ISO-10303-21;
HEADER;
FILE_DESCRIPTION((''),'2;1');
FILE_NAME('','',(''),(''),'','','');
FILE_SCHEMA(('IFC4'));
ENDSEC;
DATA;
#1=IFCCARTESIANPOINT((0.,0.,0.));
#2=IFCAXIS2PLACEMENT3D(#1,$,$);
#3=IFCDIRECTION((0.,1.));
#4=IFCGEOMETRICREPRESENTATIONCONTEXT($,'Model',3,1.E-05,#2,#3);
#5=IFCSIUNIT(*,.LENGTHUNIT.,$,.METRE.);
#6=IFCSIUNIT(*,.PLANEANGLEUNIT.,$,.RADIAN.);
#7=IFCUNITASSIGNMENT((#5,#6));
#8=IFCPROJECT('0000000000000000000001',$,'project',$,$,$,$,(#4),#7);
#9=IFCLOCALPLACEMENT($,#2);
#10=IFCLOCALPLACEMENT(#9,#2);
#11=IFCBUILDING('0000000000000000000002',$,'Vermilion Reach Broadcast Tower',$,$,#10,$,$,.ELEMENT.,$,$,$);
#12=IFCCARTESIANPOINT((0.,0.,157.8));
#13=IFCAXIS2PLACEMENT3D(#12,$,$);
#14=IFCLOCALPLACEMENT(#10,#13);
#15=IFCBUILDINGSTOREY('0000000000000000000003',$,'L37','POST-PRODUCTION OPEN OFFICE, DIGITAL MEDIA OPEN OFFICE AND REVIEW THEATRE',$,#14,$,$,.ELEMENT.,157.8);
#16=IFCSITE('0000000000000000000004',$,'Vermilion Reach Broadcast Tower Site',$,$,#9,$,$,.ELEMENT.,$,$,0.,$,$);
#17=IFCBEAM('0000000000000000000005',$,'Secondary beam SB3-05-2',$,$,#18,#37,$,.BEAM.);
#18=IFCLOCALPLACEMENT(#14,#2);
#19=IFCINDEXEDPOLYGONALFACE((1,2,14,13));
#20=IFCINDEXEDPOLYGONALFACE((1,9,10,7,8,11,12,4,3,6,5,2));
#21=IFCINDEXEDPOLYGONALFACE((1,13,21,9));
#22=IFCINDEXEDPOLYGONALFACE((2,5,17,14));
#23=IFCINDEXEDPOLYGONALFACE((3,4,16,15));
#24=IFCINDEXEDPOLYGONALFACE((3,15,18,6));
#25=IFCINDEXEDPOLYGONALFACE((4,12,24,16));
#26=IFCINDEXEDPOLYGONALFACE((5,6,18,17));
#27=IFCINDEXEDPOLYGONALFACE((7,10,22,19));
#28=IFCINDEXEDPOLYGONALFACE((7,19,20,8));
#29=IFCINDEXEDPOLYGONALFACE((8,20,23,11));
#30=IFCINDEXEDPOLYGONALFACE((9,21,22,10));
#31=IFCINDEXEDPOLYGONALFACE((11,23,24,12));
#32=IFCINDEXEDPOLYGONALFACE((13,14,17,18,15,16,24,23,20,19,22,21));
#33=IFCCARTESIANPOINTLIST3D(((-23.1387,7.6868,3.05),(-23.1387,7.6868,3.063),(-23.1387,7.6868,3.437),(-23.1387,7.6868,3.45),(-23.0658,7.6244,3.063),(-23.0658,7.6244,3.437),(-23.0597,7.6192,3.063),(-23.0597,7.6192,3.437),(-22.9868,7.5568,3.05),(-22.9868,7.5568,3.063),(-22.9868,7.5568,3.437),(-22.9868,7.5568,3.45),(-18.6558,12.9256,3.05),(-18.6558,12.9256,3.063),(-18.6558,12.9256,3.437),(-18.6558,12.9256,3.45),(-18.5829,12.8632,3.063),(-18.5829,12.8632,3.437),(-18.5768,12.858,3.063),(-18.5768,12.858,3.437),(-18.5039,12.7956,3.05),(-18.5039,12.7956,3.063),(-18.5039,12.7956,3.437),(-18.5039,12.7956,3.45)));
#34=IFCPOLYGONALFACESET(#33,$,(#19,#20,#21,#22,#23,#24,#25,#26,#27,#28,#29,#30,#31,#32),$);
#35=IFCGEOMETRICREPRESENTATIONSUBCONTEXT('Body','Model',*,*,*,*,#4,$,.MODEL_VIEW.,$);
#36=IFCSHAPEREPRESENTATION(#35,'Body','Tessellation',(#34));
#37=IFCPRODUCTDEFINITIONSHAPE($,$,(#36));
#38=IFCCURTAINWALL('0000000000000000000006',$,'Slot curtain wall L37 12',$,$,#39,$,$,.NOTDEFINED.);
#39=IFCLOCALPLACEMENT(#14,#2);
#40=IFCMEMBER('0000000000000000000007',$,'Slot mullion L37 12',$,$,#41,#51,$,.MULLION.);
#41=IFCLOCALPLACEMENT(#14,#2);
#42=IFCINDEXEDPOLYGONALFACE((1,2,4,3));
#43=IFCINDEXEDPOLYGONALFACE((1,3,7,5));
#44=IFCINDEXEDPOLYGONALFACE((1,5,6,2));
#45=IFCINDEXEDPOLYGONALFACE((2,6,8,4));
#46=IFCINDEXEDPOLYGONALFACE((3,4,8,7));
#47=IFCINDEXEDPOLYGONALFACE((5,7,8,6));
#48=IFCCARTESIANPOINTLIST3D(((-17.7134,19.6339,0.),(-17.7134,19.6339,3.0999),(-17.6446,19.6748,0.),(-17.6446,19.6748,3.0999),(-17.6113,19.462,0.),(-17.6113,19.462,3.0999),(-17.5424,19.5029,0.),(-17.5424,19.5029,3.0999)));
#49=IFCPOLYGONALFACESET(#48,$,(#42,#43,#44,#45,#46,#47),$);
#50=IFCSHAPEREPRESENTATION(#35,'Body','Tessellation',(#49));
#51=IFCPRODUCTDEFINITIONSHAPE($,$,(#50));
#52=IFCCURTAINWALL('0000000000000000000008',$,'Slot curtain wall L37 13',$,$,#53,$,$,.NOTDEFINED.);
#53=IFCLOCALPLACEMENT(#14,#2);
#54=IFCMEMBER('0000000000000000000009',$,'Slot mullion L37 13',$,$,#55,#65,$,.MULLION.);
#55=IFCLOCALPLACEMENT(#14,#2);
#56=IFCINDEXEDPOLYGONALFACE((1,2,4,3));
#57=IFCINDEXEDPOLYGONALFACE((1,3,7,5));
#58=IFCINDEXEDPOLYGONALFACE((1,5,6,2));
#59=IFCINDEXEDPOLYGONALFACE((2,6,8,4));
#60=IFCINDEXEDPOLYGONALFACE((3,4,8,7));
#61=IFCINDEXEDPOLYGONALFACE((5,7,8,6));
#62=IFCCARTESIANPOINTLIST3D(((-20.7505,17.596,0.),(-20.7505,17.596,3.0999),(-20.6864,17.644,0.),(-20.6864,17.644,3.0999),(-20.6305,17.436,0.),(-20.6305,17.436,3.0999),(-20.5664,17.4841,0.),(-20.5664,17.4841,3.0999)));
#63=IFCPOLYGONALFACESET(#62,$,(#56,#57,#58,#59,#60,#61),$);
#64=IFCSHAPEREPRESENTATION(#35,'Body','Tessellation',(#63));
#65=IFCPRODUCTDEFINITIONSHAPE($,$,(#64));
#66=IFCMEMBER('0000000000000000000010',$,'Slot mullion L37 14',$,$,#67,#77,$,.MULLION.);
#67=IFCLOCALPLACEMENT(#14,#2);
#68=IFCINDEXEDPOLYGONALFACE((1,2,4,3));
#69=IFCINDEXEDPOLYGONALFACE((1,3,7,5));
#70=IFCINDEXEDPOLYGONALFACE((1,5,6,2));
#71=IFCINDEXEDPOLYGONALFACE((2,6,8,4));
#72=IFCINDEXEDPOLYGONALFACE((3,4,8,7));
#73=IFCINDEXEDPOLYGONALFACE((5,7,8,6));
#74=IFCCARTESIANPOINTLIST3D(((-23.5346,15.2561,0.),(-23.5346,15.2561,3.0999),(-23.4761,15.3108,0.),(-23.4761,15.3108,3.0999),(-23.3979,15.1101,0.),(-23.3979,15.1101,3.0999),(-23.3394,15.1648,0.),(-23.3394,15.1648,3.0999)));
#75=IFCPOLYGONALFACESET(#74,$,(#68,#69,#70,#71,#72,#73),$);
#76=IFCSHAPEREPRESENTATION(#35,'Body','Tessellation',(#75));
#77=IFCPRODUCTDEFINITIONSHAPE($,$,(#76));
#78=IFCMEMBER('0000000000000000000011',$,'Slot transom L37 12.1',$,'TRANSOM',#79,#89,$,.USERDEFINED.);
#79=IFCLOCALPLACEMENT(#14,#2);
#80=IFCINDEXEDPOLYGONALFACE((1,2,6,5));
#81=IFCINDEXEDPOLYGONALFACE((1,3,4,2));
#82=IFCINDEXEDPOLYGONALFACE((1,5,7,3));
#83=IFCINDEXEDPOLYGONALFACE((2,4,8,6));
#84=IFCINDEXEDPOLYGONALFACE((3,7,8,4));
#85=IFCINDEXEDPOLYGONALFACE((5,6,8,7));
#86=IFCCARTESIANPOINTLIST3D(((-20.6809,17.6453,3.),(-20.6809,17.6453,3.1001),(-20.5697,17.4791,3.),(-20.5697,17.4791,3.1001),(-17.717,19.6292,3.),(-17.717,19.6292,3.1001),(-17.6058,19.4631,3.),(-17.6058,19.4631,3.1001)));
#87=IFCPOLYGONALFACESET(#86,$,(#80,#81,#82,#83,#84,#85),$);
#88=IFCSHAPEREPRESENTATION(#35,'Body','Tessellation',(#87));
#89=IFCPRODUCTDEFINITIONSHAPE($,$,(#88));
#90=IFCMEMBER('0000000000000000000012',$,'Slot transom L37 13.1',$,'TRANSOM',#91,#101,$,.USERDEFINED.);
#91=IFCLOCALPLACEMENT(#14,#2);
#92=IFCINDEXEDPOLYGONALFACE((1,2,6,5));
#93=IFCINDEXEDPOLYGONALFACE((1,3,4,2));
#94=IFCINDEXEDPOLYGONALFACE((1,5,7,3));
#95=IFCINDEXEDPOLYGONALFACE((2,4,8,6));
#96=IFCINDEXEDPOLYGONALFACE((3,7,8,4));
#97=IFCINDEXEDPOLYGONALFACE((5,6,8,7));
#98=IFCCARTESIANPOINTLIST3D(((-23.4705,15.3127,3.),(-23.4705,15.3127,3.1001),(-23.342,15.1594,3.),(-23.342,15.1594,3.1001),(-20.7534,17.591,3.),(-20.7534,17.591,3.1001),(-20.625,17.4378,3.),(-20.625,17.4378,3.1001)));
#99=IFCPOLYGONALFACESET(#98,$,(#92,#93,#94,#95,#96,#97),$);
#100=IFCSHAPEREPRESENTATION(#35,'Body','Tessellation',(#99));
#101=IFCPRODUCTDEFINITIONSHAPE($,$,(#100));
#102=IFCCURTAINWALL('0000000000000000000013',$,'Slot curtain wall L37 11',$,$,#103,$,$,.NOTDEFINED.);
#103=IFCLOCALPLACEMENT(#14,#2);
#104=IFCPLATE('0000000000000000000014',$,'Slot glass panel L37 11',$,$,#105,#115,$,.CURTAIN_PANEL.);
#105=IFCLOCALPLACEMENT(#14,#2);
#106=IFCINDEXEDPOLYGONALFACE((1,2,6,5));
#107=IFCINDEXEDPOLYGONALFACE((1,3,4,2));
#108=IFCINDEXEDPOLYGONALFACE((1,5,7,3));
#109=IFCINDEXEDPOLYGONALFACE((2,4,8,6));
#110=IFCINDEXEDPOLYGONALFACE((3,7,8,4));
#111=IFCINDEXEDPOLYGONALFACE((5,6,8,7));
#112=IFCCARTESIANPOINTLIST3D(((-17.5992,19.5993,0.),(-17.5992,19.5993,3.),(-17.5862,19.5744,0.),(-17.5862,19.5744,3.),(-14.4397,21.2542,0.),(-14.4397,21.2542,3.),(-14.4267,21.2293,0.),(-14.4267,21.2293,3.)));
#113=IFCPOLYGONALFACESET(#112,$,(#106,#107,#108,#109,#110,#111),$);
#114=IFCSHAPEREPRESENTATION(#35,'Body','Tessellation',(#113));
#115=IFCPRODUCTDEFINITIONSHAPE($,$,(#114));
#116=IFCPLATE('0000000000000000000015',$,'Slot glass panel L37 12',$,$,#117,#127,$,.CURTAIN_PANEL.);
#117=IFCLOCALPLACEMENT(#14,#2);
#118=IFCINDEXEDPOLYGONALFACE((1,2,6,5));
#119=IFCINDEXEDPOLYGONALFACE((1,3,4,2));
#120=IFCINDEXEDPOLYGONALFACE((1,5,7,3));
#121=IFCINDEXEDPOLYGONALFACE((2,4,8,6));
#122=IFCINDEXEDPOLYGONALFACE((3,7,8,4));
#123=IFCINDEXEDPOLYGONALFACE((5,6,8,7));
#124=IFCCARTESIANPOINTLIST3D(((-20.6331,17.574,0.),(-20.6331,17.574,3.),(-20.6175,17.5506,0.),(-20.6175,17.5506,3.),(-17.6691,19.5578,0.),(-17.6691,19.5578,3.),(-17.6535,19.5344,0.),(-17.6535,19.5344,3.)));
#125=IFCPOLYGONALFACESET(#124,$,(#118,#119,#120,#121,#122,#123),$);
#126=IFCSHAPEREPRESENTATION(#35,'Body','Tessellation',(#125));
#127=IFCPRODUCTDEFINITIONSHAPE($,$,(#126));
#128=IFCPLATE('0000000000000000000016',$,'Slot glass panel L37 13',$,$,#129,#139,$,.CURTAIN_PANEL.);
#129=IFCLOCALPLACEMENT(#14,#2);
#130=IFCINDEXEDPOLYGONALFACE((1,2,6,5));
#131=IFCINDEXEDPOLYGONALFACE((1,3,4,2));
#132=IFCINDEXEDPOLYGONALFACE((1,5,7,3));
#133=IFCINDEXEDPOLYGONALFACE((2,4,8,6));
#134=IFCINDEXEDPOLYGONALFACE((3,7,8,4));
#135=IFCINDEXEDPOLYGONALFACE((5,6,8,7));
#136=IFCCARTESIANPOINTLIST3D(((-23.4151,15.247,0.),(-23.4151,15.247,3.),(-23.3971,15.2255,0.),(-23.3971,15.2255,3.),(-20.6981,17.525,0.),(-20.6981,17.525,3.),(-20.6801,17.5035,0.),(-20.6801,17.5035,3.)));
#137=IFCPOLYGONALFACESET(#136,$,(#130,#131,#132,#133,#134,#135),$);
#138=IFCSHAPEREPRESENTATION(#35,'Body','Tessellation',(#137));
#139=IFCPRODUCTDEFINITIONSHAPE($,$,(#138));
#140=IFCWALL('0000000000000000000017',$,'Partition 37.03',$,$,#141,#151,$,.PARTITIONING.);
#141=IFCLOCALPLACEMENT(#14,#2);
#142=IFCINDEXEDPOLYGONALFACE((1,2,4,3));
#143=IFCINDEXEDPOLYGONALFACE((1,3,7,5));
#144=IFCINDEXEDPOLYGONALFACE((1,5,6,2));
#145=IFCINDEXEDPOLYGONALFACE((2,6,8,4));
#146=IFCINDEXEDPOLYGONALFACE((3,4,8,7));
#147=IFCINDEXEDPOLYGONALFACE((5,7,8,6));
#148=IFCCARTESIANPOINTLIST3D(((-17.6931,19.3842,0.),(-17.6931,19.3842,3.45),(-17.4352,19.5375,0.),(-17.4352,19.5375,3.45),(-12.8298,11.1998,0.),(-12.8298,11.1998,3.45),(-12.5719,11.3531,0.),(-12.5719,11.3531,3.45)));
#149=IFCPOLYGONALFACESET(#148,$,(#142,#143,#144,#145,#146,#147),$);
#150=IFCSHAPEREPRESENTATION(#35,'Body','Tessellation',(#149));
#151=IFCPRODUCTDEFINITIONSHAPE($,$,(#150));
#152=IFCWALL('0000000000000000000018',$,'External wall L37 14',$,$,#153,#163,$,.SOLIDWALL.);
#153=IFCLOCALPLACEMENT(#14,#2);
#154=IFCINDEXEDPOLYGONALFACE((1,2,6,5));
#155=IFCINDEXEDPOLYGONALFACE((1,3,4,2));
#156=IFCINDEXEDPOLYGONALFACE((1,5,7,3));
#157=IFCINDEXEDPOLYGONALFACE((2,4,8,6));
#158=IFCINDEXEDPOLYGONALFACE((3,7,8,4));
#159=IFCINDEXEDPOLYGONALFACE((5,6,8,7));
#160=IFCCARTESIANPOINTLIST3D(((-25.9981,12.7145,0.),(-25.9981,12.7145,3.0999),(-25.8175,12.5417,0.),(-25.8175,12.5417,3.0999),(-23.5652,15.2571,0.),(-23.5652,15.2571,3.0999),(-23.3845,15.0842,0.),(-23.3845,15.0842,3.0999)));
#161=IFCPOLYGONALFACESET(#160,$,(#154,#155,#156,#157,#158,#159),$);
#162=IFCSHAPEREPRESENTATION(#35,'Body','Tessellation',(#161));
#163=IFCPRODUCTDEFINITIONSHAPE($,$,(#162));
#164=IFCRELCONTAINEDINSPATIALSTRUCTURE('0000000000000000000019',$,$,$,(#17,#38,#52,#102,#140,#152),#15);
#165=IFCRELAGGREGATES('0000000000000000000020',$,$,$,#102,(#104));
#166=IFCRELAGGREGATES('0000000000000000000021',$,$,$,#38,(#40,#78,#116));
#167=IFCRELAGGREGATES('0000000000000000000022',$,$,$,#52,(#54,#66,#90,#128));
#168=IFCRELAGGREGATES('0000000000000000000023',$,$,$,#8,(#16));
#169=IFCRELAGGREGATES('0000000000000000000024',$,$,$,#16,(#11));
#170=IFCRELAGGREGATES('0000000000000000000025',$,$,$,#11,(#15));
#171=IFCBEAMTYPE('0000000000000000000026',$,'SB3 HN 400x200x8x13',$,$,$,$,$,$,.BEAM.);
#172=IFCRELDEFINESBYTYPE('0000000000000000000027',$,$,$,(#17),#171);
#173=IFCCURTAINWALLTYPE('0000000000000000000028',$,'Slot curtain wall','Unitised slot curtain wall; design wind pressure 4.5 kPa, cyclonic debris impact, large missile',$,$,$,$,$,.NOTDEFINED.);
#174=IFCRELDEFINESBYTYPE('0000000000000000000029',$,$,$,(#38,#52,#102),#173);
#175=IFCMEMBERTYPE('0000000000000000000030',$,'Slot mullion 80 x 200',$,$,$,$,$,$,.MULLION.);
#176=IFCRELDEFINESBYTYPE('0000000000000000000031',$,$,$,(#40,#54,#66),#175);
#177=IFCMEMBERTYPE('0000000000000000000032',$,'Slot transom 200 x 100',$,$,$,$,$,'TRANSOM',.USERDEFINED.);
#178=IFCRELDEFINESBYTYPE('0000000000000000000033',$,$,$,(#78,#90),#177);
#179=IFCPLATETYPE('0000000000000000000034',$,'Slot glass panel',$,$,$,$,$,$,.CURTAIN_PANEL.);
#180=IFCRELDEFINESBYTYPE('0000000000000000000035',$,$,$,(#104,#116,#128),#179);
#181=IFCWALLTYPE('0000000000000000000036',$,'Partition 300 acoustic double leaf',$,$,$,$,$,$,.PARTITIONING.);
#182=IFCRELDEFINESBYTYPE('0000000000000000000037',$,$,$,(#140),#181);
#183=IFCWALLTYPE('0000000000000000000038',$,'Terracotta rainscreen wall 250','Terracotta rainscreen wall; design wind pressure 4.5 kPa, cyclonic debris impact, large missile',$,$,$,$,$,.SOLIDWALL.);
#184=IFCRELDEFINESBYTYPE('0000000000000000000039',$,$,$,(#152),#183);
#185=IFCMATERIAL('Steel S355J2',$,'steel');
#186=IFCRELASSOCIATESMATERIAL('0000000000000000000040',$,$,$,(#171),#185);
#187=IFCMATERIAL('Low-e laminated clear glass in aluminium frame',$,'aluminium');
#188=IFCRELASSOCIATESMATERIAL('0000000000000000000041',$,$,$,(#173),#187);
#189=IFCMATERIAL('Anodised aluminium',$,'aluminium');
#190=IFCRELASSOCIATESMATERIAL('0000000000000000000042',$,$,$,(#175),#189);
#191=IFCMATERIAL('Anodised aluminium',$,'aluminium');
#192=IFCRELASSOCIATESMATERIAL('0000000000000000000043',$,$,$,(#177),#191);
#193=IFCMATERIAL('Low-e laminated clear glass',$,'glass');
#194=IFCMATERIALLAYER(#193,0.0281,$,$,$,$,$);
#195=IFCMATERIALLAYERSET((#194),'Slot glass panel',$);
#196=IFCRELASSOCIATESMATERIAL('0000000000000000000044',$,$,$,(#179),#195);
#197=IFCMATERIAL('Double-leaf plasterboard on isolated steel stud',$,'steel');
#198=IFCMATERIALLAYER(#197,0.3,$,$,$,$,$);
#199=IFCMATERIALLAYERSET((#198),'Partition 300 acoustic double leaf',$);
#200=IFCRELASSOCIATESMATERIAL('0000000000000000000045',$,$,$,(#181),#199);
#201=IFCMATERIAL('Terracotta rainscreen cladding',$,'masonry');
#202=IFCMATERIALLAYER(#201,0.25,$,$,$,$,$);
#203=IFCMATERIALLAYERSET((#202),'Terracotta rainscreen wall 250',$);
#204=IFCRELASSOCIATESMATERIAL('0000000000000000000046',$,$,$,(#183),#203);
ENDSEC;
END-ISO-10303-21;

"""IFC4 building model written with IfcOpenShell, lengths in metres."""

from ifc_helpers import new_model, si_unit, direction, frame, frame_2d, origin, origin_2d, place, context, subcontext, project, spatial, rectangle, i_section, extrude, material, layer, layer_set, material_profile, profile_set, type_object, element, aggregate, save


model = new_model("IFC4")

# Units and contexts
model_context = context("Model", 3, precision=1e-05, world=origin(), true_north=direction((0.0, 1.0)))
body_context = subcontext(model_context, "Body", "Model", "MODEL_VIEW")
ifc_project = project(units=[si_unit("LENGTHUNIT", "METRE"), si_unit("PLANEANGLEUNIT", "RADIAN")], contexts=[model_context])

# Site, building, storey
site_placement = place(None, origin())
site = spatial("IfcSite", under=ifc_project, at=site_placement, Name="Vermilion Reach Broadcast Tower Site", CompositionType="ELEMENT", RefElevation=0.0)
building_placement = place(site_placement, origin())
building = spatial("IfcBuilding", under=site, at=building_placement, Name="Vermilion Reach Broadcast Tower", CompositionType="ELEMENT")
storey_placement = place(building_placement, frame((0.0, 0.0, 157.8)))
storey = spatial("IfcBuildingStorey", under=building, at=storey_placement, Name="L37", Description="POST-PRODUCTION OPEN OFFICE, DIGITAL MEDIA OPEN OFFICE AND REVIEW THEATRE", CompositionType="ELEMENT", Elevation=157.8)

# Beam
ifc_material_1 = material(Name="Steel S355J2", Category="steel")
ifc_material_profile_1 = material_profile(ifc_material_1, i_section(OverallWidth=0.2, OverallDepth=0.3999, WebThickness=0.0081, FlangeThickness=0.0129, at=origin_2d()), Name="S355J2 HN 400x200x8x13")
ifc_profile_set_1 = profile_set([ifc_material_profile_1], Name="Steel S355J2")
beam_type_1 = type_object("IfcBeamType", Name="SB3 HN 400x200x8x13", PredefinedType="BEAM", material=ifc_profile_set_1)
beam_1_placement = place(storey_placement, frame((-18.5798, 12.8606, 3.25), z_axis=(-0.650167, -0.759791, 0.0), x_axis=(0.759791, -0.650167, 0.0)))
element("IfcBeam", 1, at=beam_1_placement, inside=storey, type_object=beam_type_1, Name="Secondary beam SB3-05-2", PredefinedType="BEAM", context=body_context, shape_type="SweptSolid", body=[
    extrude(i_section(OverallWidth=0.2, OverallDepth=0.3999, WebThickness=0.0081, FlangeThickness=0.0129, at=origin_2d()), origin(), (0.0, 0.0, 1.0), 6.895),
])

# Curtain wall, member
ifc_material_2 = material(Name="Low-e laminated clear glass in aluminium frame", Category="aluminium")
curtain_wall_type = type_object("IfcCurtainWallType", Name="Slot curtain wall", Description="Unitised slot curtain wall; design wind pressure 4.5 kPa, cyclonic debris impact, large missile", PredefinedType="NOTDEFINED", material=ifc_material_2)
placement = place(storey_placement, origin())
curtain_wall_1 = element("IfcCurtainWall", 2, at=placement, inside=storey, type_object=curtain_wall_type, Name="Slot curtain wall L37 12", PredefinedType="NOTDEFINED")
ifc_material_3 = material(Name="Anodised aluminium", Category="aluminium")
ifc_material_profile_2 = material_profile(ifc_material_3, rectangle(XDim=0.2, YDim=0.0801, at=origin_2d()), Name="Slot mullion 80 x 200")
ifc_profile_set_2 = profile_set([ifc_material_profile_2], Name="Anodised aluminium")
member_type_1 = type_object("IfcMemberType", Name="Slot mullion 80 x 200", PredefinedType="MULLION", material=ifc_profile_set_2)
member_1_placement = place(storey_placement, frame((-17.6279, 19.5684, 0.0), z_axis=(0.0, 0.0, 1.0), x_axis=(0.510843, -0.859674, 0.0)))
member_1 = element("IfcMember", 3, at=member_1_placement, type_object=member_type_1, Name="Slot mullion L37 12", PredefinedType="MULLION", context=body_context, shape_type="SweptSolid", body=[
    extrude(rectangle(XDim=0.2, YDim=0.0801, at=origin_2d()), origin(), (0.0, 0.0, 1.0), 3.0999),
])

# Curtain wall, members
curtain_wall_2 = element("IfcCurtainWall", 4, at=placement, inside=storey, type_object=curtain_wall_type, Name="Slot curtain wall L37 13", PredefinedType="NOTDEFINED")
member_2_placement = place(storey_placement, frame((-20.6584, 17.54, 0.0), z_axis=(0.0, 0.0, 1.0), x_axis=(0.600224, -0.799832, 0.0)))
member_2 = element("IfcMember", 5, at=member_2_placement, type_object=member_type_1, Name="Slot mullion L37 13", PredefinedType="MULLION", context=body_context, shape_type="SweptSolid", body=[
    extrude(rectangle(XDim=0.2, YDim=0.0801, at=origin_2d()), origin(), (0.0, 0.0, 1.0), 3.0999),
])
member_3_placement = place(storey_placement, frame((-23.437, 15.2104, 0.0), z_axis=(0.0, 0.0, 1.0), x_axis=(0.683541, -0.729912, 0.0)))
member_3 = element("IfcMember", 6, at=member_3_placement, type_object=member_type_1, Name="Slot mullion L37 14", PredefinedType="MULLION", context=body_context, shape_type="SweptSolid", body=[
    extrude(rectangle(XDim=0.2, YDim=0.0801, at=origin_2d()), origin(), (0.0, 0.0, 1.0), 3.0999),
])

# Members
ifc_material_4 = material(Name="Anodised aluminium", Category="aluminium")
ifc_material_profile_3 = material_profile(ifc_material_4, rectangle(XDim=0.2, YDim=0.1001, at=origin_2d()), Name="Slot transom 200 x 100")
ifc_profile_set_3 = profile_set([ifc_material_profile_3], Name="Anodised aluminium")
member_type_2 = type_object("IfcMemberType", Name="Slot transom 200 x 100", ElementType="TRANSOM", PredefinedType="USERDEFINED", material=ifc_profile_set_3)
member_4_placement = place(storey_placement, frame((-17.6614, 19.5461, 3.05), z_axis=(-0.831017, -0.556247, 0.0), x_axis=(0.556247, -0.831017, 0.0)))
member_4 = element("IfcMember", 7, at=member_4_placement, type_object=member_type_2, Name="Slot transom L37 12.1", ObjectType="TRANSOM", PredefinedType="USERDEFINED", context=body_context, shape_type="SweptSolid", body=[
    extrude(rectangle(XDim=0.2, YDim=0.1001, at=origin_2d()), origin(), (0.0, 0.0, 1.0), 3.5667),
])
member_5_placement = place(storey_placement, frame((-20.6892, 17.5144, 3.05), z_axis=(-0.766259, -0.642531, 0.0), x_axis=(0.642531, -0.766259, 0.0)))
member_5 = element("IfcMember", 8, at=member_5_placement, type_object=member_type_2, Name="Slot transom L37 13.1", ObjectType="TRANSOM", PredefinedType="USERDEFINED", context=body_context, shape_type="SweptSolid", body=[
    extrude(rectangle(XDim=0.2, YDim=0.1001, at=origin_2d()), origin(), (0.0, 0.0, 1.0), 3.5459),
])

# Curtain wall, plate
curtain_wall_3 = element("IfcCurtainWall", 9, at=placement, inside=storey, type_object=curtain_wall_type, Name="Slot curtain wall L37 11", PredefinedType="NOTDEFINED")
ifc_material_5 = material(Name="Low-e laminated clear glass", Category="glass")
ifc_layer_1 = layer(ifc_material_5, 0.0281)
ifc_layer_set_1 = layer_set([ifc_layer_1], Name="Slot glass panel")
plate_type = type_object("IfcPlateType", Name="Slot glass panel", PredefinedType="CURTAIN_PANEL", material=ifc_layer_set_1)
plate_1_placement = place(storey_placement, frame((-16.0129, 20.4143, 0.0), z_axis=(0.0, 0.0, 1.0), x_axis=(-0.885834, -0.464002, 0.0)))
plate_1 = element("IfcPlate", 10, at=plate_1_placement, type_object=plate_type, Name="Slot glass panel L37 11", PredefinedType="CURTAIN_PANEL", context=body_context, shape_type="SweptSolid", body=[
    extrude(rectangle(XDim=3.5667, YDim=0.0281, at=origin_2d()), origin(), (0.0, 0.0, 1.0), 3.0),
])
aggregate(curtain_wall_3, [plate_1])

# Plates
plate_2_placement = place(storey_placement, frame((-19.1433, 18.5542, 0.0), z_axis=(0.0, 0.0, 1.0), x_axis=(-0.83104, -0.556213, 0.0)))
plate_2 = element("IfcPlate", 11, at=plate_2_placement, type_object=plate_type, Name="Slot glass panel L37 12", PredefinedType="CURTAIN_PANEL", context=body_context, shape_type="SweptSolid", body=[
    extrude(rectangle(XDim=3.5667, YDim=0.0281, at=origin_2d()), origin(), (0.0, 0.0, 1.0), 3.0),
])
aggregate(curtain_wall_1, [member_1, member_4, plate_2])
plate_3_placement = place(storey_placement, frame((-22.0476, 16.3752, 0.0), z_axis=(0.0, 0.0, 1.0), x_axis=(-0.766296, -0.642487, 0.0)))
plate_3 = element("IfcPlate", 12, at=plate_3_placement, type_object=plate_type, Name="Slot glass panel L37 13", PredefinedType="CURTAIN_PANEL", context=body_context, shape_type="SweptSolid", body=[
    extrude(rectangle(XDim=3.5457, YDim=0.0281, at=origin_2d()), origin(), (0.0, 0.0, 1.0), 3.0),
])
aggregate(curtain_wall_2, [member_2, member_3, member_5, plate_3])

# Walls
ifc_material_6 = material(Name="Double-leaf plasterboard on isolated steel stud", Category="steel")
ifc_layer_2 = layer(ifc_material_6, 0.3)
ifc_layer_set_2 = layer_set([ifc_layer_2], Name="Partition 300 acoustic double leaf")
wall_type_1 = type_object("IfcWallType", Name="Partition 300 acoustic double leaf", PredefinedType="PARTITIONING", material=ifc_layer_set_2)
wall_1_placement = place(storey_placement, frame((-17.5642, 19.4609, 0.0), z_axis=(0.0, 0.0, 1.0), x_axis=(0.510837, -0.859678, 0.0)))
element("IfcWall", 13, at=wall_1_placement, inside=storey, type_object=wall_type_1, Name="Partition 37.03", PredefinedType="PARTITIONING", context=body_context, shape_type="SweptSolid", body=[
    extrude(rectangle(XDim=9.5203, YDim=0.3, at=frame_2d((4.7603, 0.0))), origin(), (0.0, 0.0, 1.0), 3.45),
])
ifc_material_7 = material(Name="Terracotta rainscreen cladding", Category="masonry")
ifc_layer_3 = layer(ifc_material_7, 0.25)
ifc_layer_set_3 = layer_set([ifc_layer_3], Name="Terracotta rainscreen wall 250")
wall_type_2 = type_object("IfcWallType", Name="Terracotta rainscreen wall 250", Description="Terracotta rainscreen wall; design wind pressure 4.5 kPa, cyclonic debris impact, large missile", PredefinedType="SOLIDWALL", material=ifc_layer_set_3)
wall_2_placement = place(storey_placement, frame((-23.4749, 15.1707, 0.0), z_axis=(0.0, 0.0, 1.0), x_axis=(-0.69136, -0.722511, 0.0)))
element("IfcWall", 14, at=wall_2_placement, inside=storey, type_object=wall_type_2, Name="External wall L37 14", PredefinedType="SOLIDWALL", context=body_context, shape_type="SweptSolid", body=[
    extrude(rectangle(XDim=3.519, YDim=0.25, at=frame_2d((1.7595, 0.0))), origin(), (0.0, 0.0, 1.0), 3.0999),
])

save(model, "model.ifc")
